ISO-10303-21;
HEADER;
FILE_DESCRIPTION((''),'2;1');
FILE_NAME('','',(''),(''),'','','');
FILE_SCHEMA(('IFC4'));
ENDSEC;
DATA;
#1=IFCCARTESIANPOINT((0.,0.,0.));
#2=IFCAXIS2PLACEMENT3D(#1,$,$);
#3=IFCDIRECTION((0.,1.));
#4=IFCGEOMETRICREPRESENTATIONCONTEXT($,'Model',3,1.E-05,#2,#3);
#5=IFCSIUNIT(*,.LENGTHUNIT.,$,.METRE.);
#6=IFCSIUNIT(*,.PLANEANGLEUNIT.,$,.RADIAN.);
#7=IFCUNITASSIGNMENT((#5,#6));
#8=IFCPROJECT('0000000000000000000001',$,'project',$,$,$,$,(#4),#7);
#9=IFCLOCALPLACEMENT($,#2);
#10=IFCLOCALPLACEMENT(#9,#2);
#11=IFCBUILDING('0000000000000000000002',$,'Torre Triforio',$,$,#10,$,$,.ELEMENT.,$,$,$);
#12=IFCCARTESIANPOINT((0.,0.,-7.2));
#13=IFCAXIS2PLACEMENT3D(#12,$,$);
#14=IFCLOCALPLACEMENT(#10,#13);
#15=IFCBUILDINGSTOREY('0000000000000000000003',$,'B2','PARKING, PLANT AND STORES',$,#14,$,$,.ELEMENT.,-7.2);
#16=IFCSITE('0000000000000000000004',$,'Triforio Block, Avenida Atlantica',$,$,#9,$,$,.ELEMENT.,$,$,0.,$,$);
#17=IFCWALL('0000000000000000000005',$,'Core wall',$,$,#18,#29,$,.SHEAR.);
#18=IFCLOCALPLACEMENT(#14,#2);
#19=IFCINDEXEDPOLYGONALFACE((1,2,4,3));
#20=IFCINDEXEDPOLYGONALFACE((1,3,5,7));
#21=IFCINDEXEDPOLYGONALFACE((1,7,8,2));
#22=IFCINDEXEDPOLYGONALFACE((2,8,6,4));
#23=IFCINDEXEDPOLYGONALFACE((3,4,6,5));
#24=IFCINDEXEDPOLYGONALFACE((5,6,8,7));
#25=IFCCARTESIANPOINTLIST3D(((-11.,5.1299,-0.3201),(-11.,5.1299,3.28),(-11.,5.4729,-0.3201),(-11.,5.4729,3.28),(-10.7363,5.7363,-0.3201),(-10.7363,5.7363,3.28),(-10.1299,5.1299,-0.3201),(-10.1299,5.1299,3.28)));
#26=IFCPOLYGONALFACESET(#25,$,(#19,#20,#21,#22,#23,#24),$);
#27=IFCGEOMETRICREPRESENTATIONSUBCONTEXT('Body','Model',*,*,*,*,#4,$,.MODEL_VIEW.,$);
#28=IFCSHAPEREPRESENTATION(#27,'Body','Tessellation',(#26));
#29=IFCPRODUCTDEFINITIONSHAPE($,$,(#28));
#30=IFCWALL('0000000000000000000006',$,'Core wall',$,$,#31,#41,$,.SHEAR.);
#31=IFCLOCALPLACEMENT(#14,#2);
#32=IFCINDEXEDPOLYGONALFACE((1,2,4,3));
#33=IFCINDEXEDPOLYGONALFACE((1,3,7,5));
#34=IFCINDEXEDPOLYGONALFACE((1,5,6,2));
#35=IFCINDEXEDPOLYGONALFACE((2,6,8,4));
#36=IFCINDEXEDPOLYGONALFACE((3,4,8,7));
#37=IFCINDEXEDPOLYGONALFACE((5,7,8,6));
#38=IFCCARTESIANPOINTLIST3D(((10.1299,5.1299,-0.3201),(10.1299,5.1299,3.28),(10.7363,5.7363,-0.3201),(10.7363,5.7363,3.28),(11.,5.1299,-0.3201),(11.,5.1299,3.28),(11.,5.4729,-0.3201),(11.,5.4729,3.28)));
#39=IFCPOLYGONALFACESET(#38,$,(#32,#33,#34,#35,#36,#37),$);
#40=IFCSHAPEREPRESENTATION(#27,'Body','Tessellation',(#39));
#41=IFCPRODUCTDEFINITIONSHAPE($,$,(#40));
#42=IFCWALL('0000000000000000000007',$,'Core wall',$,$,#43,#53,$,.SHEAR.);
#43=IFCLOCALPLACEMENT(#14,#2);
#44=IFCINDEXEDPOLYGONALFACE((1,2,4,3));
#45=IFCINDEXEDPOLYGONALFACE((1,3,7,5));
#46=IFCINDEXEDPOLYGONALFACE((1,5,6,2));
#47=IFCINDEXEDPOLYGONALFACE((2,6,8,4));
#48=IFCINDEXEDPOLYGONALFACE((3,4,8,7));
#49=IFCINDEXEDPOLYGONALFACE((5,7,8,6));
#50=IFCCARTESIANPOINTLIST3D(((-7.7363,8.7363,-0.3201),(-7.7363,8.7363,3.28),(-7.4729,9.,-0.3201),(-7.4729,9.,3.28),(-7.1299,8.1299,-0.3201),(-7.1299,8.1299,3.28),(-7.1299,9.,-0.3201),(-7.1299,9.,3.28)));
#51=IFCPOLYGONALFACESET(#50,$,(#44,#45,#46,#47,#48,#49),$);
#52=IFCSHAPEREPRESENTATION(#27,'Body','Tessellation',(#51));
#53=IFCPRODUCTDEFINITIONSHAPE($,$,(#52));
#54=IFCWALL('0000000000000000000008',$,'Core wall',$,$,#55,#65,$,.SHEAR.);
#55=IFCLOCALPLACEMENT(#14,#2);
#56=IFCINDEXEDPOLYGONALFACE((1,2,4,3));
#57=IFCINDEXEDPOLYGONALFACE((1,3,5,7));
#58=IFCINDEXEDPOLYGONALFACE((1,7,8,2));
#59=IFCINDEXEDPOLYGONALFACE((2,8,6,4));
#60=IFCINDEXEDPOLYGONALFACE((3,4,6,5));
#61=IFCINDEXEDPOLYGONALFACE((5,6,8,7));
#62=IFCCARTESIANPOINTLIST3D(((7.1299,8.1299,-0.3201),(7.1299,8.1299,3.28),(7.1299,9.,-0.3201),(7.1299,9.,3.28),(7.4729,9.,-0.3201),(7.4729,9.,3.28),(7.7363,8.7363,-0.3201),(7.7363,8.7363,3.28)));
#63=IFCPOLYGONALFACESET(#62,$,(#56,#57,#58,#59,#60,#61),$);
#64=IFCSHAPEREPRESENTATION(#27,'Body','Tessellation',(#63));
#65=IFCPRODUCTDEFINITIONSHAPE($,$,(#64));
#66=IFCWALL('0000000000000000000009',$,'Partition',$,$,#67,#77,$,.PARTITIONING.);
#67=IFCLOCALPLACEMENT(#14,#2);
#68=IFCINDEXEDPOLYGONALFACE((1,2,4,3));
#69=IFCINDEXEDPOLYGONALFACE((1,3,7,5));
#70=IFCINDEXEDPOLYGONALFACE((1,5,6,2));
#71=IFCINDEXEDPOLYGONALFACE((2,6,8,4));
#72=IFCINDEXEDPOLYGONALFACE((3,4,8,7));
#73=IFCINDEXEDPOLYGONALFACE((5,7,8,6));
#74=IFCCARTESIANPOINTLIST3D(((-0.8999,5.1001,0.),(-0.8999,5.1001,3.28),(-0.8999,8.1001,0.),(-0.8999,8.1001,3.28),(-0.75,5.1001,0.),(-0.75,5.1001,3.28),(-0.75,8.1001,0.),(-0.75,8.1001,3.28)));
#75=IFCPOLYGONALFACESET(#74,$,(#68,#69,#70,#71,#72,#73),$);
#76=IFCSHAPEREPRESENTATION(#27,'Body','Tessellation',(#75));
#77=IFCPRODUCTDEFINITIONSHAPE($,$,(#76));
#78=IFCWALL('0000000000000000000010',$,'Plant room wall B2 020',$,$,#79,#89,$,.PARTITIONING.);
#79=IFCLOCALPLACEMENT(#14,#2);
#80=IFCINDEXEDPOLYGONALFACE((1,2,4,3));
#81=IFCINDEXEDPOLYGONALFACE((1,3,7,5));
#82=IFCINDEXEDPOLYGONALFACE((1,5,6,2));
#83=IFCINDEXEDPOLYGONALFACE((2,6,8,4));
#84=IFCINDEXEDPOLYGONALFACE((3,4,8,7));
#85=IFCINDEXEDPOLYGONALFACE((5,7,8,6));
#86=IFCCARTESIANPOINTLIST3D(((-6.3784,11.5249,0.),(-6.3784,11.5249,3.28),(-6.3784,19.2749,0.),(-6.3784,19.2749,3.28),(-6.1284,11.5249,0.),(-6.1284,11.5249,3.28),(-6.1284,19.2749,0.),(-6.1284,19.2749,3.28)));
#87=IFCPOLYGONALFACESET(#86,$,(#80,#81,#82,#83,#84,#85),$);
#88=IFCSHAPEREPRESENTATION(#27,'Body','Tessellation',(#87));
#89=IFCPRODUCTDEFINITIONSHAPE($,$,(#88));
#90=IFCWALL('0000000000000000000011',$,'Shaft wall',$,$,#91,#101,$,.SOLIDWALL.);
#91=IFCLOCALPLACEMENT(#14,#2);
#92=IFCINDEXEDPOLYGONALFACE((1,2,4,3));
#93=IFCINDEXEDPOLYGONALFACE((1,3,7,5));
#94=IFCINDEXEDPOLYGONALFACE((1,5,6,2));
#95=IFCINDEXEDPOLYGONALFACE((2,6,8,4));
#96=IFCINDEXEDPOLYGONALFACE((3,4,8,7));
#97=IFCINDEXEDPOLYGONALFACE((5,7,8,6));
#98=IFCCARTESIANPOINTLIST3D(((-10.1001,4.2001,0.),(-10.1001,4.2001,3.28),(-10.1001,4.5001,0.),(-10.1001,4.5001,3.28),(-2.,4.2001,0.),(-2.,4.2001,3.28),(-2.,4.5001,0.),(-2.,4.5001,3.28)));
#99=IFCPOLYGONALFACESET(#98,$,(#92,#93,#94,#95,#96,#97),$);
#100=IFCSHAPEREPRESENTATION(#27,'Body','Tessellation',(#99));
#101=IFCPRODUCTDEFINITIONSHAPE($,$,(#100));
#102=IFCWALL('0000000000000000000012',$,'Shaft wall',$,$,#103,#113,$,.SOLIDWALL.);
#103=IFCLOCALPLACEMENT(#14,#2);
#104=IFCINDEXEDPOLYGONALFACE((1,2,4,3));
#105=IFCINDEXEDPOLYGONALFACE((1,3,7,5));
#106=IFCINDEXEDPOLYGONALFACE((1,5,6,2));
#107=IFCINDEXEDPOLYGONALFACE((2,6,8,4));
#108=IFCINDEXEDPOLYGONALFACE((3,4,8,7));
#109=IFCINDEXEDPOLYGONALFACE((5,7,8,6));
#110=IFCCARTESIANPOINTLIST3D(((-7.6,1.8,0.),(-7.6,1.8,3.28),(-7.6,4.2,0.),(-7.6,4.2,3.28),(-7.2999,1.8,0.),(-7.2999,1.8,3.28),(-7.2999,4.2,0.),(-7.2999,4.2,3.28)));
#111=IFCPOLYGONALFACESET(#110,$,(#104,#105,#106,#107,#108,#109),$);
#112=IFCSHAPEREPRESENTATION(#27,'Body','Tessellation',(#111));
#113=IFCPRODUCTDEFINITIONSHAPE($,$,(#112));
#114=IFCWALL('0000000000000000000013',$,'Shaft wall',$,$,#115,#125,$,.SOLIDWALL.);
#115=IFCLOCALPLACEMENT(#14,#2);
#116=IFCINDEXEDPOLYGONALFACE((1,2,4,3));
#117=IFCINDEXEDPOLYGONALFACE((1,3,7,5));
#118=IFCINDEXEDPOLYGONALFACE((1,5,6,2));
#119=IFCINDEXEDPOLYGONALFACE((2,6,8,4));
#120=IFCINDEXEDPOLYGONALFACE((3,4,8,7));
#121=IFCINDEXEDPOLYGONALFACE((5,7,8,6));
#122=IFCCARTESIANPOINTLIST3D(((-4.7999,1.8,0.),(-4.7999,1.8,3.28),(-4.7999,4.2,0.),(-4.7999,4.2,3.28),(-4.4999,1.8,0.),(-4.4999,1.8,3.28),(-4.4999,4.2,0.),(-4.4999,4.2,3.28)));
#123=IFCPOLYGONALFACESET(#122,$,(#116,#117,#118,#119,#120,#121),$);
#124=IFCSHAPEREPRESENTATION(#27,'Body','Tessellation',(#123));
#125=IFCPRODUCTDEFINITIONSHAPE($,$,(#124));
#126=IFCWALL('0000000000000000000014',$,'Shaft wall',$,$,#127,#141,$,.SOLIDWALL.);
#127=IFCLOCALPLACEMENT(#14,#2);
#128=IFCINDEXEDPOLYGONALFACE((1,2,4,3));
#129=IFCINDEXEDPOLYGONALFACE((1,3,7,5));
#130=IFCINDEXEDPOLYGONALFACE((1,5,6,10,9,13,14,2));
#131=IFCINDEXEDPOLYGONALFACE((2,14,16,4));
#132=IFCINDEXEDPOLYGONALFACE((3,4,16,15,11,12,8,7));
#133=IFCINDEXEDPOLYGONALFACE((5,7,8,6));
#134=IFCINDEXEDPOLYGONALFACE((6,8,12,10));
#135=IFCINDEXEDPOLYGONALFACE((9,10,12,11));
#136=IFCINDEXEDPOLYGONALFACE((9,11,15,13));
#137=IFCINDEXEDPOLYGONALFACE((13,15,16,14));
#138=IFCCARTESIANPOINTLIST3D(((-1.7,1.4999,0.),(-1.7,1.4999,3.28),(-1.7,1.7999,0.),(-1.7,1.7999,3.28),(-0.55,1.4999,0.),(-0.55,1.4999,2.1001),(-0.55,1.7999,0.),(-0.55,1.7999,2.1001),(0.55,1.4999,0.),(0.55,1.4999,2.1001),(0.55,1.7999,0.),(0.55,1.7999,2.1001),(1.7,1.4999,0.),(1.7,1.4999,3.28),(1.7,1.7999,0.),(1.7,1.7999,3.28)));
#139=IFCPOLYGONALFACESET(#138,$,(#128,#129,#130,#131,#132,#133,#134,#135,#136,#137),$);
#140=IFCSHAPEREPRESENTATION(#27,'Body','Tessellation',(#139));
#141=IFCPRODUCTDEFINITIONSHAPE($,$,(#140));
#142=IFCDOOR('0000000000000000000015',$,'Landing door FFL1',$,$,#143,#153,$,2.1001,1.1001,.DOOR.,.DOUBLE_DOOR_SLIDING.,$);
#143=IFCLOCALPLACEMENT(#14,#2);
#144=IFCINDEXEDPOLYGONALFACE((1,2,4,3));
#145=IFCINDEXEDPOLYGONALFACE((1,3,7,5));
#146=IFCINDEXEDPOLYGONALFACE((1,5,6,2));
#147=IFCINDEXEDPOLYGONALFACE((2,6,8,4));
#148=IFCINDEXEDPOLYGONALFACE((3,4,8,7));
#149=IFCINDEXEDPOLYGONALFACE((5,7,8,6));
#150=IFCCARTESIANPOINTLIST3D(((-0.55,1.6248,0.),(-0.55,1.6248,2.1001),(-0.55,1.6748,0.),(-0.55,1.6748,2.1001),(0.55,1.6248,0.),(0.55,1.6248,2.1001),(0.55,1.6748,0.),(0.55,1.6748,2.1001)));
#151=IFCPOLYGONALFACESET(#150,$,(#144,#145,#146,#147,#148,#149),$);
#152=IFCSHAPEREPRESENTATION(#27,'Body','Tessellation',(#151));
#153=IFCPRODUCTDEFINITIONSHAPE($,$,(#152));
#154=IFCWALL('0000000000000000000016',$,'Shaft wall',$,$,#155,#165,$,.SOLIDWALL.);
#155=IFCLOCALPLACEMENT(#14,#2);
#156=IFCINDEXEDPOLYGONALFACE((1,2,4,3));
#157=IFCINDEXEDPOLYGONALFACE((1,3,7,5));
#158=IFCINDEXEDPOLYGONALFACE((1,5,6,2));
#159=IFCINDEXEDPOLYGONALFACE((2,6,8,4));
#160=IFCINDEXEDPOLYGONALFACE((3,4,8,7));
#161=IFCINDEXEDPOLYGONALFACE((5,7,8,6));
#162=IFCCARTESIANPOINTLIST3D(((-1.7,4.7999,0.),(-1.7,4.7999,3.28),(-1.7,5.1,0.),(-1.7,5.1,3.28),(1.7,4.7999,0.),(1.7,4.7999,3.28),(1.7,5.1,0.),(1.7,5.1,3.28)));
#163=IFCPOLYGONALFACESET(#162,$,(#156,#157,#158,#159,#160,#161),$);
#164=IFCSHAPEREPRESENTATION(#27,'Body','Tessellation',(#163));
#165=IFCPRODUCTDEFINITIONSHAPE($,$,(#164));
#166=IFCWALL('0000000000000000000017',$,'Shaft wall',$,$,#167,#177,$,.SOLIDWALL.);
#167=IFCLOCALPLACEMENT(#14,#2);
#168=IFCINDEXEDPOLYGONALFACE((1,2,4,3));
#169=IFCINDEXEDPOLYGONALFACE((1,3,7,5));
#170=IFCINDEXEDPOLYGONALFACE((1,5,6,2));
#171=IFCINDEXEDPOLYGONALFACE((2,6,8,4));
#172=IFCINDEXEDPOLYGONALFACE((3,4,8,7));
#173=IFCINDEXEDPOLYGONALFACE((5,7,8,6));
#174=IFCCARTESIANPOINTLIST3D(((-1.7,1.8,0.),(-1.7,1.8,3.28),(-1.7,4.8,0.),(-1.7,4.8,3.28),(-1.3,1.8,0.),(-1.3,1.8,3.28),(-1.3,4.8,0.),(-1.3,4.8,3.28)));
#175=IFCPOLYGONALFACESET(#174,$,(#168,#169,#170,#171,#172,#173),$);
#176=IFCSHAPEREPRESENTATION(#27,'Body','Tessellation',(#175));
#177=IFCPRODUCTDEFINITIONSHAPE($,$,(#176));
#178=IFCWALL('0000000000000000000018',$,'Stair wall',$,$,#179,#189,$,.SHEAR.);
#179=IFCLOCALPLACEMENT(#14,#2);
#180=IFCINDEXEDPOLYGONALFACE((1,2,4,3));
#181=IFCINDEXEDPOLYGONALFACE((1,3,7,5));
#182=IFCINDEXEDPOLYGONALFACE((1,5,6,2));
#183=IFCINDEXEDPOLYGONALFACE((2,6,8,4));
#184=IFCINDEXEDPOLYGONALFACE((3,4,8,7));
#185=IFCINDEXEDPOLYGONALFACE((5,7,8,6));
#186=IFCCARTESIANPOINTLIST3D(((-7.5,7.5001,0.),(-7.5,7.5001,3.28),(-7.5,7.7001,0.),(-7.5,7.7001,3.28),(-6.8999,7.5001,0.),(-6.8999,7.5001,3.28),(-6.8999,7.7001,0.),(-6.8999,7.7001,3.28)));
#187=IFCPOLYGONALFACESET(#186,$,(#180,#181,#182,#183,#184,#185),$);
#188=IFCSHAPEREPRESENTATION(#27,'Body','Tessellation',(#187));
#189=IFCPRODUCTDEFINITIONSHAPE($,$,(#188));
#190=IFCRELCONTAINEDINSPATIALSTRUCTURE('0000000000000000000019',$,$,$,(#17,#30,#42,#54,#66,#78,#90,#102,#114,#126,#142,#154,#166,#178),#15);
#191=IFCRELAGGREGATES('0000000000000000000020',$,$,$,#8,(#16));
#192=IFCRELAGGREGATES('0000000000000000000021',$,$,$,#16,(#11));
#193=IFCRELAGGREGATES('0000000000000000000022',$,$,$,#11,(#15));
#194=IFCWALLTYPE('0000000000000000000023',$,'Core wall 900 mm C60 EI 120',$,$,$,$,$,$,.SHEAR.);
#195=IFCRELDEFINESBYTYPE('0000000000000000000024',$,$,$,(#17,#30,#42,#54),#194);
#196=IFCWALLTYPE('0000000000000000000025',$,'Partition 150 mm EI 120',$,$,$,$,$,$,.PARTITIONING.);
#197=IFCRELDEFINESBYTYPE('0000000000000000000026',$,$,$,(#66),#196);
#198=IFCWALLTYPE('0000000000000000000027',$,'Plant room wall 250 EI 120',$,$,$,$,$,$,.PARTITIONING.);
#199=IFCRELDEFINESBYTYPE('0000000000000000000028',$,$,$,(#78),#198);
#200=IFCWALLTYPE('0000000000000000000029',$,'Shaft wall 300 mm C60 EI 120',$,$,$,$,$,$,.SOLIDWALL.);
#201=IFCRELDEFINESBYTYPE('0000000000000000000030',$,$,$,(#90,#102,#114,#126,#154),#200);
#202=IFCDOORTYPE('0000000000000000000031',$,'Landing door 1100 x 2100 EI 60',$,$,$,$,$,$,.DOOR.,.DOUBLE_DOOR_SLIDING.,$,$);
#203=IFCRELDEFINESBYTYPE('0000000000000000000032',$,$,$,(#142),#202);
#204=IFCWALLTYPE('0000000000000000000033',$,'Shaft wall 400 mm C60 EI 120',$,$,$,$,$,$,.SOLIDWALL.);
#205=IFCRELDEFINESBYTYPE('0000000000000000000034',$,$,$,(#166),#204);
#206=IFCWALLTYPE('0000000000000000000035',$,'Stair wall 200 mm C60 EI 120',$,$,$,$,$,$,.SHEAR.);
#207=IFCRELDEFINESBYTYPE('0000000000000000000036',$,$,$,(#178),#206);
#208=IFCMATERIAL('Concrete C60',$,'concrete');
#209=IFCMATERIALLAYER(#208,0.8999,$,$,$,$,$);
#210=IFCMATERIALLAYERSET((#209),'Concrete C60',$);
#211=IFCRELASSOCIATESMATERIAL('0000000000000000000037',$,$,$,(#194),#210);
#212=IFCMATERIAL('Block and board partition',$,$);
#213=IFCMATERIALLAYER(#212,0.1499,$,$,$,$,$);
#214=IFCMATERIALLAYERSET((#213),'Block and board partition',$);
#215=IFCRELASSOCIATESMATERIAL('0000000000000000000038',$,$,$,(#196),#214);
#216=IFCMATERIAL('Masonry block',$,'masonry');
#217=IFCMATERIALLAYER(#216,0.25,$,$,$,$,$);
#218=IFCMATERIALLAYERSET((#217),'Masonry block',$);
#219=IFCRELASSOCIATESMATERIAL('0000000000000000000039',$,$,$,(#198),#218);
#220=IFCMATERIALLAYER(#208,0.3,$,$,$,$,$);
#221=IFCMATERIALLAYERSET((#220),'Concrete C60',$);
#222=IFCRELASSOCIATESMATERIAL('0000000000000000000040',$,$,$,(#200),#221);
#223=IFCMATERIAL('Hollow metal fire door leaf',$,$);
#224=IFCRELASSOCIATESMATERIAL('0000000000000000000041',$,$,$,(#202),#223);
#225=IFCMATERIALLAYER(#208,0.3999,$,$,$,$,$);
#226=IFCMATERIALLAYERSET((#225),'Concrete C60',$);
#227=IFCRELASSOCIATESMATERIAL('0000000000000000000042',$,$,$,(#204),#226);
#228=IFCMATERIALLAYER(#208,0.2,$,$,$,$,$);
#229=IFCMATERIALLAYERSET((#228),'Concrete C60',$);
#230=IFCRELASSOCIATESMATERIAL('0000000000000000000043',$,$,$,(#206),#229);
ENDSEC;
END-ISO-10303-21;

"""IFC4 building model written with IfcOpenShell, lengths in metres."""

from ifc_helpers import new_model, si_unit, direction, frame, frame_2d, origin, place, context, subcontext, project, spatial, polyline, rectangle, outline, extrude, material, layer, layer_set, type_object, element, fill, save


model = new_model("IFC4")

# Units and contexts
model_context = context("Model", 3, precision=1e-05, world=origin(), true_north=direction((0.0, 1.0)))
body_context = subcontext(model_context, "Body", "Model", "MODEL_VIEW")
ifc_project = project(units=[si_unit("LENGTHUNIT", "METRE"), si_unit("PLANEANGLEUNIT", "RADIAN")], contexts=[model_context])

# Site, building, storey
site_placement = place(None, origin())
site = spatial("IfcSite", under=ifc_project, at=site_placement, Name="Triforio Block, Avenida Atlantica", CompositionType="ELEMENT", RefElevation=0.0)
building_placement = place(site_placement, origin())
building = spatial("IfcBuilding", under=site, at=building_placement, Name="Torre Triforio", CompositionType="ELEMENT")
storey_placement = place(building_placement, frame((0.0, 0.0, -7.2)))
storey = spatial("IfcBuildingStorey", under=building, at=storey_placement, Name="B2", Description="PARKING, PLANT AND STORES", CompositionType="ELEMENT", Elevation=-7.2)

# Shared definitions
ifc_material_1 = material(Name="Concrete C60", Category="concrete")

# Shared definitions
ifc_layer_1 = layer(ifc_material_1, 0.8999)
ifc_layer_set_1 = layer_set([ifc_layer_1], Name="Concrete C60")
wall_type_1 = type_object("IfcWallType", Name="Core wall 900 mm C60 EI 120", PredefinedType="SHEAR", material=ifc_layer_set_1)
ifc_material_2 = material(Name="Hollow metal fire door leaf")

# Walls
wall_1_placement = place(storey_placement, frame((0.0, 0.0, -0.3201)))
element("IfcWall", 1, at=wall_1_placement, inside=storey, type_object=wall_type_1, Name="Core wall", PredefinedType="SHEAR", context=body_context, shape_type="SweptSolid", body=[
    extrude(outline(polyline([(-10.7363, 5.7363), (-10.1299, 5.1299), (-11.0, 5.1299), (-11.0, 5.4729), (-10.7363, 5.7363)])), origin(), (0.0, 0.0, 1.0), 3.6001),
])
wall_2_placement = place(storey_placement, frame((0.0, 0.0, -0.3201)))
element("IfcWall", 2, at=wall_2_placement, inside=storey, type_object=wall_type_1, Name="Core wall", PredefinedType="SHEAR", context=body_context, shape_type="SweptSolid", body=[
    extrude(outline(polyline([(11.0, 5.4729), (11.0, 5.1299), (10.1299, 5.1299), (10.7363, 5.7363), (11.0, 5.4729)])), origin(), (0.0, 0.0, 1.0), 3.6001),
])
wall_3_placement = place(storey_placement, frame((0.0, 0.0, -0.3201)))
element("IfcWall", 3, at=wall_3_placement, inside=storey, type_object=wall_type_1, Name="Core wall", PredefinedType="SHEAR", context=body_context, shape_type="SweptSolid", body=[
    extrude(outline(polyline([(-7.4729, 9.0), (-7.1299, 9.0), (-7.1299, 8.1299), (-7.7363, 8.7363), (-7.4729, 9.0)])), origin(), (0.0, 0.0, 1.0), 3.6001),
])
wall_4_placement = place(storey_placement, frame((0.0, 0.0, -0.3201)))
element("IfcWall", 4, at=wall_4_placement, inside=storey, type_object=wall_type_1, Name="Core wall", PredefinedType="SHEAR", context=body_context, shape_type="SweptSolid", body=[
    extrude(outline(polyline([(7.4729, 9.0), (7.7363, 8.7363), (7.1299, 8.1299), (7.1299, 9.0), (7.4729, 9.0)])), origin(), (0.0, 0.0, 1.0), 3.6001),
])
ifc_material_3 = material(Name="Block and board partition")
ifc_layer_2 = layer(ifc_material_3, 0.1499)
ifc_layer_set_2 = layer_set([ifc_layer_2], Name="Block and board partition")
wall_type_2 = type_object("IfcWallType", Name="Partition 150 mm EI 120", PredefinedType="PARTITIONING", material=ifc_layer_set_2)
wall_5_placement = place(storey_placement, frame((-0.825, 5.1001, 0.0), z_axis=(0.0, 0.0, 1.0), x_axis=(0.0, 1.0, 0.0)))
element("IfcWall", 5, at=wall_5_placement, inside=storey, type_object=wall_type_2, Name="Partition", PredefinedType="PARTITIONING", context=body_context, shape_type="SweptSolid", body=[
    extrude(rectangle(XDim=3.0, YDim=0.1499, at=frame_2d((1.5, 0.0))), origin(), (0.0, 0.0, 1.0), 3.28),
])
ifc_material_4 = material(Name="Masonry block", Category="masonry")
ifc_layer_3 = layer(ifc_material_4, 0.25)
ifc_layer_set_3 = layer_set([ifc_layer_3], Name="Masonry block")
wall_type_3 = type_object("IfcWallType", Name="Plant room wall 250 EI 120", PredefinedType="PARTITIONING", material=ifc_layer_set_3)
wall_6_placement = place(storey_placement, frame((-6.2534, 11.5249, 0.0), z_axis=(0.0, 0.0, 1.0), x_axis=(0.0, 1.0, 0.0)))
element("IfcWall", 6, at=wall_6_placement, inside=storey, type_object=wall_type_3, Name="Plant room wall B2 020", PredefinedType="PARTITIONING", context=body_context, shape_type="SweptSolid", body=[
    extrude(rectangle(XDim=7.75, YDim=0.25, at=frame_2d((3.875, 0.0))), origin(), (0.0, 0.0, 1.0), 3.28),
])
ifc_layer_4 = layer(ifc_material_1, 0.3)
ifc_layer_set_4 = layer_set([ifc_layer_4], Name="Concrete C60")
wall_type_4 = type_object("IfcWallType", Name="Shaft wall 300 mm C60 EI 120", PredefinedType="SOLIDWALL", material=ifc_layer_set_4)
wall_7_placement = place(storey_placement, frame((-10.1001, 4.3501, 0.0), z_axis=(0.0, 0.0, 1.0), x_axis=(1.0, 0.0, 0.0)))
element("IfcWall", 7, at=wall_7_placement, inside=storey, type_object=wall_type_4, Name="Shaft wall", PredefinedType="SOLIDWALL", context=body_context, shape_type="SweptSolid", body=[
    extrude(rectangle(XDim=8.1001, YDim=0.3, at=frame_2d((4.05, 0.0))), origin(), (0.0, 0.0, 1.0), 3.28),
])
for number, where, z_axis, x_axis, name in (
    (8, (-7.45, 1.8, 0.0), (0.0, 0.0, 1.0), (0.0, 1.0, 0.0), "Shaft wall"),
    (9, (-4.6499, 1.8, 0.0), (0.0, 0.0, 1.0), (0.0, 1.0, 0.0), "Shaft wall"),
):
    element("IfcWall", number, at=place(storey_placement, frame(where, z_axis=z_axis, x_axis=x_axis)), inside=storey, type_object=wall_type_4, Name=name, PredefinedType="SOLIDWALL", context=body_context, shape_type="SweptSolid", body=[
        extrude(rectangle(XDim=2.3999, YDim=0.3, at=frame_2d((1.2, 0.0))), origin(), (0.0, 0.0, 1.0), 3.28),
    ])

# Wall, opening, door
wall_8_placement = place(storey_placement, frame((-1.7, 1.6499, 0.0), z_axis=(0.0, 0.0, 1.0), x_axis=(1.0, 0.0, 0.0)))
wall_8 = element("IfcWall", 10, at=wall_8_placement, inside=storey, type_object=wall_type_4, Name="Shaft wall", PredefinedType="SOLIDWALL", context=body_context, shape_type="SweptSolid", body=[
    extrude(rectangle(XDim=3.3999, YDim=0.3, at=frame_2d((1.7, 0.0))), origin(), (0.0, 0.0, 1.0), 3.28),
])
opening_1_placement = place(wall_8_placement, frame((1.1499, 0.0, 0.0)))
opening_1 = element("IfcOpeningElement", 11, at=opening_1_placement, cuts=wall_8, PredefinedType="OPENING", context=body_context, shape_type="SweptSolid", body=[
    extrude(rectangle(XDim=1.1001, YDim=2.1001, at=frame_2d((0.55, 1.05))), frame((0.0, 0.1599, 0.0), z_axis=(0.0, -1.0, 0.0), x_axis=(1.0, 0.0, 0.0)), (0.0, 0.0, 1.0), 0.3201),
])
door_type_1 = type_object("IfcDoorType", Name="Landing door 1100 x 2100 EI 60", OperationType="DOUBLE_DOOR_SLIDING", PredefinedType="DOOR", material=ifc_material_2)
door_1_placement = place(opening_1_placement, origin())
door_1 = element("IfcDoor", 12, at=door_1_placement, inside=storey, type_object=door_type_1, Name="Landing door FFL1", OperationType="DOUBLE_DOOR_SLIDING", OverallHeight=2.1001, OverallWidth=1.1001, PredefinedType="DOOR", context=body_context, shape_type="SweptSolid", body=[
    extrude(rectangle(XDim=1.1001, YDim=2.1001, at=frame_2d((0.55, 1.05))), frame((0.0, 0.0249, 0.0), z_axis=(0.0, -1.0, 0.0), x_axis=(1.0, 0.0, 0.0)), (0.0, 0.0, 1.0), 0.05),
])
fill(opening_1, door_1)

# Walls
wall_9_placement = place(storey_placement, frame((-1.7, 4.95, 0.0), z_axis=(0.0, 0.0, 1.0), x_axis=(1.0, 0.0, 0.0)))
element("IfcWall", 13, at=wall_9_placement, inside=storey, type_object=wall_type_4, Name="Shaft wall", PredefinedType="SOLIDWALL", context=body_context, shape_type="SweptSolid", body=[
    extrude(rectangle(XDim=3.3999, YDim=0.3, at=frame_2d((1.7, 0.0))), origin(), (0.0, 0.0, 1.0), 3.28),
])
ifc_layer_5 = layer(ifc_material_1, 0.3999)
ifc_layer_set_5 = layer_set([ifc_layer_5], Name="Concrete C60")
wall_type_5 = type_object("IfcWallType", Name="Shaft wall 400 mm C60 EI 120", PredefinedType="SOLIDWALL", material=ifc_layer_set_5)
wall_10_placement = place(storey_placement, frame((-1.5, 1.8, 0.0), z_axis=(0.0, 0.0, 1.0), x_axis=(0.0, 1.0, 0.0)))
element("IfcWall", 14, at=wall_10_placement, inside=storey, type_object=wall_type_5, Name="Shaft wall", PredefinedType="SOLIDWALL", context=body_context, shape_type="SweptSolid", body=[
    extrude(rectangle(XDim=3.0, YDim=0.3999, at=frame_2d((1.5, 0.0))), origin(), (0.0, 0.0, 1.0), 3.28),
])
ifc_layer_6 = layer(ifc_material_1, 0.2)
ifc_layer_set_6 = layer_set([ifc_layer_6], Name="Concrete C60")
wall_type_6 = type_object("IfcWallType", Name="Stair wall 200 mm C60 EI 120", PredefinedType="SHEAR", material=ifc_layer_set_6)
wall_11_placement = place(storey_placement, frame((-7.5, 7.6001, 0.0), z_axis=(0.0, 0.0, 1.0), x_axis=(1.0, 0.0, 0.0)))
element("IfcWall", 15, at=wall_11_placement, inside=storey, type_object=wall_type_6, Name="Stair wall", PredefinedType="SHEAR", context=body_context, shape_type="SweptSolid", body=[
    extrude(rectangle(XDim=0.6001, YDim=0.2, at=frame_2d((0.3, 0.0))), origin(), (0.0, 0.0, 1.0), 3.28),
])

save(model, "model.ifc")
